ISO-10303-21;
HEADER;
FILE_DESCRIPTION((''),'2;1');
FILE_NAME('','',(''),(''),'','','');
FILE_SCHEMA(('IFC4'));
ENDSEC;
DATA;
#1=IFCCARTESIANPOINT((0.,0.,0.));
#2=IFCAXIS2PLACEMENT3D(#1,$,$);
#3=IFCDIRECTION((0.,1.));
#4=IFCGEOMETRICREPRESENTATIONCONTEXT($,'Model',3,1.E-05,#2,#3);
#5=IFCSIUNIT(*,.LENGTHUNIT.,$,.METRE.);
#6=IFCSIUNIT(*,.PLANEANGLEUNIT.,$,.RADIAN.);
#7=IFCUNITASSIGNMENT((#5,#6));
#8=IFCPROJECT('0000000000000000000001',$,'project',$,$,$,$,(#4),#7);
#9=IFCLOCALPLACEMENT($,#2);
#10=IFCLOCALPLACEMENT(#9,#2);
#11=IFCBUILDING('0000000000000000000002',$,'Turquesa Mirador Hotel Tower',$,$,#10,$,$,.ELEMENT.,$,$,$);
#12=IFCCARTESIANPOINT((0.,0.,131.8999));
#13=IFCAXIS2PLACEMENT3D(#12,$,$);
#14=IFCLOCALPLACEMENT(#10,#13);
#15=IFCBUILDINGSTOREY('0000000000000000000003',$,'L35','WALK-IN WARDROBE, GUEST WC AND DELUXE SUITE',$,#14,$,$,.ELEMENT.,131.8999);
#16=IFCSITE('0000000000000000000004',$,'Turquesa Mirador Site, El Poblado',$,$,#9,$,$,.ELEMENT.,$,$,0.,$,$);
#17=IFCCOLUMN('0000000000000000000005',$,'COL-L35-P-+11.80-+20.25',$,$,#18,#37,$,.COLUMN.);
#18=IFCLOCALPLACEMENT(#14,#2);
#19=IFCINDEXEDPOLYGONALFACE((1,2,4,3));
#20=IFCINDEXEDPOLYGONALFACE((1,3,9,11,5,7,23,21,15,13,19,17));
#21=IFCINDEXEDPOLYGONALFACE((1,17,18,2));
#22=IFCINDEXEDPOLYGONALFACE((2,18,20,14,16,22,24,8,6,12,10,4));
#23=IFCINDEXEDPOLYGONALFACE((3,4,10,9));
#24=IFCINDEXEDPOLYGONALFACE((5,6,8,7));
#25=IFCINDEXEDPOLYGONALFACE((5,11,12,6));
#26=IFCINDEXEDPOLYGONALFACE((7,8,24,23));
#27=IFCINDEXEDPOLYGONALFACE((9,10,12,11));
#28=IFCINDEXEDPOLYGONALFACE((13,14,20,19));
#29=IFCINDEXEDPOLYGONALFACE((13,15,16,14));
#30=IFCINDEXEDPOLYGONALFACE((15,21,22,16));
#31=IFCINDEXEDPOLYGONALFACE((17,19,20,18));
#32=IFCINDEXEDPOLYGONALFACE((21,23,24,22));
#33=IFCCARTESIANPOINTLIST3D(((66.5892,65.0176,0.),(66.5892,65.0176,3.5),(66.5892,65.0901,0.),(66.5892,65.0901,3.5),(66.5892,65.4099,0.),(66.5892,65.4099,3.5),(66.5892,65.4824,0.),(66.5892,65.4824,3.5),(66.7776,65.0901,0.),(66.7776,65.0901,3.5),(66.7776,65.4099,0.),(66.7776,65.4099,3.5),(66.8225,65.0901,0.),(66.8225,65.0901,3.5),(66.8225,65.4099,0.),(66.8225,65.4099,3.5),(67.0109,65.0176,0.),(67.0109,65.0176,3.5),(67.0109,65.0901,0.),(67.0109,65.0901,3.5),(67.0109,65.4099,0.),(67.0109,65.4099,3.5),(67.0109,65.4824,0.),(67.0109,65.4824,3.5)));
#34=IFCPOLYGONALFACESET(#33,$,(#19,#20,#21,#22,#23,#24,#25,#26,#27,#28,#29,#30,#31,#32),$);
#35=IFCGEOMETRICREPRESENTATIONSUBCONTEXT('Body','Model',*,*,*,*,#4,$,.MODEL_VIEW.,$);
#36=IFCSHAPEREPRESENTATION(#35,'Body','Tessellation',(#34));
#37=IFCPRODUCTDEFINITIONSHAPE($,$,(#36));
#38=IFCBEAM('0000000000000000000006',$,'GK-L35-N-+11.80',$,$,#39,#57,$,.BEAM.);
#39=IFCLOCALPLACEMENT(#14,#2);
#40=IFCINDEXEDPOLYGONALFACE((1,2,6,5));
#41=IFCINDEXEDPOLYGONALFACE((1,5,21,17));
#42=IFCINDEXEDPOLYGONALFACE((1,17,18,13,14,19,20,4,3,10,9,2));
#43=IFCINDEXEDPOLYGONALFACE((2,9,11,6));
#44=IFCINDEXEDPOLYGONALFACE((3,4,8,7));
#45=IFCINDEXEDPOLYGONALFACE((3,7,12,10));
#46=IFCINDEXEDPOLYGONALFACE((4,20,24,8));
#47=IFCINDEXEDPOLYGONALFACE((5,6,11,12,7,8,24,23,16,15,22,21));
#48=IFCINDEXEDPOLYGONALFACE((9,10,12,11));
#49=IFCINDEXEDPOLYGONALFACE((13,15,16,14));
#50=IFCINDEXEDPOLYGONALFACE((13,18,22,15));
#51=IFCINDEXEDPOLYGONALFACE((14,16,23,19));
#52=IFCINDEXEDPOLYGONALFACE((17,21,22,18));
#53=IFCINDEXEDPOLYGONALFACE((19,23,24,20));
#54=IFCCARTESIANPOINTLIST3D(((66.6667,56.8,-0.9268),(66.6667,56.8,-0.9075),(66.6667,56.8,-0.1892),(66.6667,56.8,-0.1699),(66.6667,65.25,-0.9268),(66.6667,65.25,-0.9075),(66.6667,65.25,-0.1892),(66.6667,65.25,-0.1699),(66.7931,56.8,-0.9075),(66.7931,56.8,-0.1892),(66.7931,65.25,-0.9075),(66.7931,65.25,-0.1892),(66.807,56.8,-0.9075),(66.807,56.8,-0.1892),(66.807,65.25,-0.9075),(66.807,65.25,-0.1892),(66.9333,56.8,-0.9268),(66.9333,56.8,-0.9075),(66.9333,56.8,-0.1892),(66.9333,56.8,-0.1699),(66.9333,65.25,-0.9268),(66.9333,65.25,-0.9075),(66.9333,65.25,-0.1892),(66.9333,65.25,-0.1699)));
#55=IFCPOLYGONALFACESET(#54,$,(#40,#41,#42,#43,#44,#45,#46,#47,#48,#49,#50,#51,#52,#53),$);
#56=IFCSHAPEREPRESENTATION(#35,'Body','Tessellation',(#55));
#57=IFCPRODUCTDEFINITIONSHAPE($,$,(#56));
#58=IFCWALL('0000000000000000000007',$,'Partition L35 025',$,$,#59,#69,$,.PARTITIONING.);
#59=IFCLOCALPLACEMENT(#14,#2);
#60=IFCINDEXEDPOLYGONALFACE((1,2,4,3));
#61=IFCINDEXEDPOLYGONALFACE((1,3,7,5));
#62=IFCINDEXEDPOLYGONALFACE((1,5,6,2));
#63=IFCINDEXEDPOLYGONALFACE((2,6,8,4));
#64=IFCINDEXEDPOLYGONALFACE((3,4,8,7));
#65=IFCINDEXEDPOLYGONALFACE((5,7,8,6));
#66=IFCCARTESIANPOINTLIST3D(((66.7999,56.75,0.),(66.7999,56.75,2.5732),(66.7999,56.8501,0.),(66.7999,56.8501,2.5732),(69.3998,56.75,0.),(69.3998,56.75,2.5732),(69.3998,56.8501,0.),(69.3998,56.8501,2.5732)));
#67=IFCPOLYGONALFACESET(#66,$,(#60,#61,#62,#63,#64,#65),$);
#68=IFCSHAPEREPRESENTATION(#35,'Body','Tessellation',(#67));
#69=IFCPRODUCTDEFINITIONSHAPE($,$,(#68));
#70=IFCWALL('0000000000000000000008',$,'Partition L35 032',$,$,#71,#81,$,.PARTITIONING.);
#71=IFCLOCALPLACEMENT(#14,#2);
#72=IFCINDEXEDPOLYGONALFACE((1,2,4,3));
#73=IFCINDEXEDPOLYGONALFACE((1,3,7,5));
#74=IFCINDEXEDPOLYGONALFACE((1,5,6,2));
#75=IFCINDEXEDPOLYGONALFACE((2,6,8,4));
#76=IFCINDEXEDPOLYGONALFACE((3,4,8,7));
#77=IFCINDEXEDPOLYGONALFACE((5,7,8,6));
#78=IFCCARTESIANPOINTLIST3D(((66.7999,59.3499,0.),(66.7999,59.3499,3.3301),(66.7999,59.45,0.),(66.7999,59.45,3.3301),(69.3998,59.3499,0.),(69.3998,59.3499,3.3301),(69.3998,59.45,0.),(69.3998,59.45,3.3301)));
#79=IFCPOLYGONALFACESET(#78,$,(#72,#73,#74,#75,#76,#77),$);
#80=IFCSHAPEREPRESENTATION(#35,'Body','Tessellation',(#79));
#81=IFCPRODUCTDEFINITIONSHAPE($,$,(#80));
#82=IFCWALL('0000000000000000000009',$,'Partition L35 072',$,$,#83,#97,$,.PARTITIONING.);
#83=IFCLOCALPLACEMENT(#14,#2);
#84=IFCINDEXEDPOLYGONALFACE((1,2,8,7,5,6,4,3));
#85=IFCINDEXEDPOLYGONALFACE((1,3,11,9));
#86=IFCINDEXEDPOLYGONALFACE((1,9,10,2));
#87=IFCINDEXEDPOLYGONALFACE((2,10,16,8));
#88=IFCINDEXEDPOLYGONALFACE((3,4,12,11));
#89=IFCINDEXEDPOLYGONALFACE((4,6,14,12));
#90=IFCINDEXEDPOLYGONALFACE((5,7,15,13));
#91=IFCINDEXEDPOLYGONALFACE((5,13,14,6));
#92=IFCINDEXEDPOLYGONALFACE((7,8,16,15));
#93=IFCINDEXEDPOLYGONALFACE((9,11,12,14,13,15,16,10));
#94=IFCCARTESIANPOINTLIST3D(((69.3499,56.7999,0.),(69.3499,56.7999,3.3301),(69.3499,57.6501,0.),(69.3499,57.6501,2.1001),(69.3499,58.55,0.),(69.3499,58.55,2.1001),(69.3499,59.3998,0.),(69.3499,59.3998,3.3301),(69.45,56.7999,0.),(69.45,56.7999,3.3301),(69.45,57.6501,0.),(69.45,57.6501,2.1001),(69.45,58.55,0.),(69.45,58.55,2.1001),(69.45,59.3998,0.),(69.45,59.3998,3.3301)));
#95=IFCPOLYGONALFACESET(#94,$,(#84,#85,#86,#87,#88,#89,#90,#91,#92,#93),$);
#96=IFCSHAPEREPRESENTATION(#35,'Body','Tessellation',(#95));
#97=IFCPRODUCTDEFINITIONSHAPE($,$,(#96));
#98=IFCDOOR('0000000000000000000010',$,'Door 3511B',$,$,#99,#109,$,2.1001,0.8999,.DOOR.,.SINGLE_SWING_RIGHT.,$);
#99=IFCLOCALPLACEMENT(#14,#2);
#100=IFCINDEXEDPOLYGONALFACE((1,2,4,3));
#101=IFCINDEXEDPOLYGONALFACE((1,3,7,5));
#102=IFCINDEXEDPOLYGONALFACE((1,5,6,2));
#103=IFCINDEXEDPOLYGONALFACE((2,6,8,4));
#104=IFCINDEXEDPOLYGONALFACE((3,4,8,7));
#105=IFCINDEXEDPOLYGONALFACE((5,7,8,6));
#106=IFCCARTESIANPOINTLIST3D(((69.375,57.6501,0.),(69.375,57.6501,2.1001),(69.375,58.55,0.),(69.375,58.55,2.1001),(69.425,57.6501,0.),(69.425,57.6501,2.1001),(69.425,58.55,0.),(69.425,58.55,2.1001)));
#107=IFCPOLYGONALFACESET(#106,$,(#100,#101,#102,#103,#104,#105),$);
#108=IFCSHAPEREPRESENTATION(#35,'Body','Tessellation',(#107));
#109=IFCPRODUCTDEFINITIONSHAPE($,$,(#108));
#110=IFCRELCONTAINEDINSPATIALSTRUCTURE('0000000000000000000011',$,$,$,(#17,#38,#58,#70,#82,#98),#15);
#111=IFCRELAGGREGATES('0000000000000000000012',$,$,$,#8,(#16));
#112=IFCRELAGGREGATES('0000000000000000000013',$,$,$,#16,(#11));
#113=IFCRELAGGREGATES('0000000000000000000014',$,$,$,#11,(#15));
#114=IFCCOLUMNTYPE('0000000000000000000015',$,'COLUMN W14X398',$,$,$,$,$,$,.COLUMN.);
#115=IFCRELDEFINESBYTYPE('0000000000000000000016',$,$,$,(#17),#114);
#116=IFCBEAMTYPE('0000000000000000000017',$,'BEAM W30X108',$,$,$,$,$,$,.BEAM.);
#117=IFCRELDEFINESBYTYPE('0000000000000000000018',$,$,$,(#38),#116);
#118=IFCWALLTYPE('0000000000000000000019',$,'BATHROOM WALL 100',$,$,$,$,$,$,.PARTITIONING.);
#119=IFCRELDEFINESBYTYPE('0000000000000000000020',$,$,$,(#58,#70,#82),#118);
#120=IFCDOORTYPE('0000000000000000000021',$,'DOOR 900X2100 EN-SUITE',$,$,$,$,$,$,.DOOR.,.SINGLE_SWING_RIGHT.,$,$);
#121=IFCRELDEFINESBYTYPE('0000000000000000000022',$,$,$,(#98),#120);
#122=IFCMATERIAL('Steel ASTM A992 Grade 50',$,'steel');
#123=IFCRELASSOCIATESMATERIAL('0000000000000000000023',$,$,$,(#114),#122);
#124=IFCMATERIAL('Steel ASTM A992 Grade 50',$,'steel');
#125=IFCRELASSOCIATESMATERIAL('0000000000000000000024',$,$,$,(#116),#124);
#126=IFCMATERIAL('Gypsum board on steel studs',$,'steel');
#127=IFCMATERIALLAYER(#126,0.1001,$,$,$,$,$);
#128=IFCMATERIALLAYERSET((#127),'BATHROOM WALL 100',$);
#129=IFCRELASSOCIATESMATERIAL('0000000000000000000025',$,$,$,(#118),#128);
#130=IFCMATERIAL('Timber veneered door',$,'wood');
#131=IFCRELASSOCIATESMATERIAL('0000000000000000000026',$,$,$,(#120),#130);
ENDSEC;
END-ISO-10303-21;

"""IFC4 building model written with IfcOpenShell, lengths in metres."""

from ifc_helpers import new_model, si_unit, direction, frame, frame_2d, origin, origin_2d, place, context, subcontext, project, spatial, rectangle, i_section, extrude, material, layer, layer_set, material_profile, profile_set, type_object, element, fill, save


model = new_model("IFC4")

# Units and contexts
model_context = context("Model", 3, precision=1e-05, world=origin(), true_north=direction((0.0, 1.0)))
body_context = subcontext(model_context, "Body", "Model", "MODEL_VIEW")
ifc_project = project(units=[si_unit("LENGTHUNIT", "METRE"), si_unit("PLANEANGLEUNIT", "RADIAN")], contexts=[model_context])

# Site, building, storey
site_placement = place(None, origin())
site = spatial("IfcSite", under=ifc_project, at=site_placement, Name="Turquesa Mirador Site, El Poblado", CompositionType="ELEMENT", RefElevation=0.0)
building_placement = place(site_placement, origin())
building = spatial("IfcBuilding", under=site, at=building_placement, Name="Turquesa Mirador Hotel Tower", CompositionType="ELEMENT")
storey_placement = place(building_placement, frame((0.0, 0.0, 131.8999)))
storey = spatial("IfcBuildingStorey", under=building, at=storey_placement, Name="L35", Description="WALK-IN WARDROBE, GUEST WC AND DELUXE SUITE", CompositionType="ELEMENT", Elevation=131.8999)

# Column
ifc_material_1 = material(Name="Steel ASTM A992 Grade 50", Category="steel")
ifc_material_profile_1 = material_profile(ifc_material_1, i_section(OverallWidth=0.4216, OverallDepth=0.4648, WebThickness=0.0449, FlangeThickness=0.0725, at=origin_2d()), Name="W14X398")
ifc_profile_set_1 = profile_set([ifc_material_profile_1], Name="Steel ASTM A992 Grade 50")
column_type = type_object("IfcColumnType", Name="COLUMN W14X398", PredefinedType="COLUMN", material=ifc_profile_set_1)
column_placement = place(storey_placement, frame((66.8, 65.25, 0.0), z_axis=(0.0, 0.0, 1.0), x_axis=(1.0, 0.0, 0.0)))
element("IfcColumn", 1, at=column_placement, inside=storey, type_object=column_type, Name="COL-L35-P-+11.80-+20.25", PredefinedType="COLUMN", context=body_context, shape_type="SweptSolid", body=[
    extrude(i_section(OverallWidth=0.4216, OverallDepth=0.4648, WebThickness=0.0449, FlangeThickness=0.0725, at=origin_2d()), origin(), (0.0, 0.0, 1.0), 3.5),
])

# Beam
ifc_material_2 = material(Name="Steel ASTM A992 Grade 50", Category="steel")
ifc_material_profile_2 = material_profile(ifc_material_2, i_section(OverallWidth=0.2666, OverallDepth=0.7568, WebThickness=0.0139, FlangeThickness=0.0193, at=origin_2d()), Name="W30X108")
ifc_profile_set_2 = profile_set([ifc_material_profile_2], Name="Steel ASTM A992 Grade 50")
beam_type = type_object("IfcBeamType", Name="BEAM W30X108", PredefinedType="BEAM", material=ifc_profile_set_2)
beam_placement = place(storey_placement, frame((66.8, 65.25, -0.5483), z_axis=(0.0, -1.0, 0.0), x_axis=(1.0, 0.0, 0.0)))
element("IfcBeam", 2, at=beam_placement, inside=storey, type_object=beam_type, Name="GK-L35-N-+11.80", PredefinedType="BEAM", context=body_context, shape_type="SweptSolid", body=[
    extrude(i_section(OverallWidth=0.2666, OverallDepth=0.7568, WebThickness=0.0139, FlangeThickness=0.0193, at=origin_2d()), origin(), (0.0, 0.0, 1.0), 8.45),
])

# Walls
ifc_material_3 = material(Name="Gypsum board on steel studs", Category="steel")
ifc_layer_1 = layer(ifc_material_3, 0.1001)
ifc_layer_set_1 = layer_set([ifc_layer_1], Name="BATHROOM WALL 100")
wall_type_1 = type_object("IfcWallType", Name="BATHROOM WALL 100", PredefinedType="PARTITIONING", material=ifc_layer_set_1)
wall_1_placement = place(storey_placement, frame((66.8, 56.8, 0.0), z_axis=(0.0, 0.0, 1.0), x_axis=(1.0, 0.0, 0.0)))
element("IfcWall", 3, at=wall_1_placement, inside=storey, type_object=wall_type_1, Name="Partition L35 025", PredefinedType="PARTITIONING", context=body_context, shape_type="SweptSolid", body=[
    extrude(rectangle(XDim=2.5999, YDim=0.1001, at=frame_2d((1.2998, 0.0))), origin(), (0.0, 0.0, 1.0), 2.5732),
])
wall_2_placement = place(storey_placement, frame((66.8, 59.3999, 0.0), z_axis=(0.0, 0.0, 1.0), x_axis=(1.0, 0.0, 0.0)))
element("IfcWall", 4, at=wall_2_placement, inside=storey, type_object=wall_type_1, Name="Partition L35 032", PredefinedType="PARTITIONING", context=body_context, shape_type="SweptSolid", body=[
    extrude(rectangle(XDim=2.5999, YDim=0.1001, at=frame_2d((1.2998, 0.0))), origin(), (0.0, 0.0, 1.0), 3.3301),
])

# Wall, opening, door
wall_3_placement = place(storey_placement, frame((69.3999, 56.8, 0.0), z_axis=(0.0, 0.0, 1.0), x_axis=(0.0, 1.0, 0.0)))
wall_3 = element("IfcWall", 5, at=wall_3_placement, inside=storey, type_object=wall_type_1, Name="Partition L35 072", PredefinedType="PARTITIONING", context=body_context, shape_type="SweptSolid", body=[
    extrude(rectangle(XDim=2.5999, YDim=0.1001, at=frame_2d((1.2998, 0.0))), origin(), (0.0, 0.0, 1.0), 3.3301),
])
opening_1_placement = place(wall_3_placement, frame((0.8501, 0.0, 0.0)))
opening_1 = element("IfcOpeningElement", 6, at=opening_1_placement, cuts=wall_3, PredefinedType="OPENING", context=body_context, shape_type="SweptSolid", body=[
    extrude(rectangle(XDim=0.8999, YDim=2.1001, at=frame_2d((0.45, 1.05))), frame((0.0, 0.0601, 0.0), z_axis=(0.0, -1.0, 0.0), x_axis=(1.0, 0.0, 0.0)), (0.0, 0.0, 1.0), 0.1201),
])
ifc_material_4 = material(Name="Timber veneered door", Category="wood")
door_type_1 = type_object("IfcDoorType", Name="DOOR 900X2100 EN-SUITE", OperationType="SINGLE_SWING_RIGHT", PredefinedType="DOOR", material=ifc_material_4)
door_1_placement = place(opening_1_placement, origin())
door_1 = element("IfcDoor", 7, at=door_1_placement, inside=storey, type_object=door_type_1, Name="Door 3511B", OperationType="SINGLE_SWING_RIGHT", OverallHeight=2.1001, OverallWidth=0.8999, PredefinedType="DOOR", context=body_context, shape_type="SweptSolid", body=[
    extrude(rectangle(XDim=0.8999, YDim=2.1001, at=frame_2d((0.45, 1.05))), frame((0.0, 0.0249, 0.0), z_axis=(0.0, -1.0, 0.0), x_axis=(1.0, 0.0, 0.0)), (0.0, 0.0, 1.0), 0.05),
])
fill(opening_1, door_1)

save(model, "model.ifc")
